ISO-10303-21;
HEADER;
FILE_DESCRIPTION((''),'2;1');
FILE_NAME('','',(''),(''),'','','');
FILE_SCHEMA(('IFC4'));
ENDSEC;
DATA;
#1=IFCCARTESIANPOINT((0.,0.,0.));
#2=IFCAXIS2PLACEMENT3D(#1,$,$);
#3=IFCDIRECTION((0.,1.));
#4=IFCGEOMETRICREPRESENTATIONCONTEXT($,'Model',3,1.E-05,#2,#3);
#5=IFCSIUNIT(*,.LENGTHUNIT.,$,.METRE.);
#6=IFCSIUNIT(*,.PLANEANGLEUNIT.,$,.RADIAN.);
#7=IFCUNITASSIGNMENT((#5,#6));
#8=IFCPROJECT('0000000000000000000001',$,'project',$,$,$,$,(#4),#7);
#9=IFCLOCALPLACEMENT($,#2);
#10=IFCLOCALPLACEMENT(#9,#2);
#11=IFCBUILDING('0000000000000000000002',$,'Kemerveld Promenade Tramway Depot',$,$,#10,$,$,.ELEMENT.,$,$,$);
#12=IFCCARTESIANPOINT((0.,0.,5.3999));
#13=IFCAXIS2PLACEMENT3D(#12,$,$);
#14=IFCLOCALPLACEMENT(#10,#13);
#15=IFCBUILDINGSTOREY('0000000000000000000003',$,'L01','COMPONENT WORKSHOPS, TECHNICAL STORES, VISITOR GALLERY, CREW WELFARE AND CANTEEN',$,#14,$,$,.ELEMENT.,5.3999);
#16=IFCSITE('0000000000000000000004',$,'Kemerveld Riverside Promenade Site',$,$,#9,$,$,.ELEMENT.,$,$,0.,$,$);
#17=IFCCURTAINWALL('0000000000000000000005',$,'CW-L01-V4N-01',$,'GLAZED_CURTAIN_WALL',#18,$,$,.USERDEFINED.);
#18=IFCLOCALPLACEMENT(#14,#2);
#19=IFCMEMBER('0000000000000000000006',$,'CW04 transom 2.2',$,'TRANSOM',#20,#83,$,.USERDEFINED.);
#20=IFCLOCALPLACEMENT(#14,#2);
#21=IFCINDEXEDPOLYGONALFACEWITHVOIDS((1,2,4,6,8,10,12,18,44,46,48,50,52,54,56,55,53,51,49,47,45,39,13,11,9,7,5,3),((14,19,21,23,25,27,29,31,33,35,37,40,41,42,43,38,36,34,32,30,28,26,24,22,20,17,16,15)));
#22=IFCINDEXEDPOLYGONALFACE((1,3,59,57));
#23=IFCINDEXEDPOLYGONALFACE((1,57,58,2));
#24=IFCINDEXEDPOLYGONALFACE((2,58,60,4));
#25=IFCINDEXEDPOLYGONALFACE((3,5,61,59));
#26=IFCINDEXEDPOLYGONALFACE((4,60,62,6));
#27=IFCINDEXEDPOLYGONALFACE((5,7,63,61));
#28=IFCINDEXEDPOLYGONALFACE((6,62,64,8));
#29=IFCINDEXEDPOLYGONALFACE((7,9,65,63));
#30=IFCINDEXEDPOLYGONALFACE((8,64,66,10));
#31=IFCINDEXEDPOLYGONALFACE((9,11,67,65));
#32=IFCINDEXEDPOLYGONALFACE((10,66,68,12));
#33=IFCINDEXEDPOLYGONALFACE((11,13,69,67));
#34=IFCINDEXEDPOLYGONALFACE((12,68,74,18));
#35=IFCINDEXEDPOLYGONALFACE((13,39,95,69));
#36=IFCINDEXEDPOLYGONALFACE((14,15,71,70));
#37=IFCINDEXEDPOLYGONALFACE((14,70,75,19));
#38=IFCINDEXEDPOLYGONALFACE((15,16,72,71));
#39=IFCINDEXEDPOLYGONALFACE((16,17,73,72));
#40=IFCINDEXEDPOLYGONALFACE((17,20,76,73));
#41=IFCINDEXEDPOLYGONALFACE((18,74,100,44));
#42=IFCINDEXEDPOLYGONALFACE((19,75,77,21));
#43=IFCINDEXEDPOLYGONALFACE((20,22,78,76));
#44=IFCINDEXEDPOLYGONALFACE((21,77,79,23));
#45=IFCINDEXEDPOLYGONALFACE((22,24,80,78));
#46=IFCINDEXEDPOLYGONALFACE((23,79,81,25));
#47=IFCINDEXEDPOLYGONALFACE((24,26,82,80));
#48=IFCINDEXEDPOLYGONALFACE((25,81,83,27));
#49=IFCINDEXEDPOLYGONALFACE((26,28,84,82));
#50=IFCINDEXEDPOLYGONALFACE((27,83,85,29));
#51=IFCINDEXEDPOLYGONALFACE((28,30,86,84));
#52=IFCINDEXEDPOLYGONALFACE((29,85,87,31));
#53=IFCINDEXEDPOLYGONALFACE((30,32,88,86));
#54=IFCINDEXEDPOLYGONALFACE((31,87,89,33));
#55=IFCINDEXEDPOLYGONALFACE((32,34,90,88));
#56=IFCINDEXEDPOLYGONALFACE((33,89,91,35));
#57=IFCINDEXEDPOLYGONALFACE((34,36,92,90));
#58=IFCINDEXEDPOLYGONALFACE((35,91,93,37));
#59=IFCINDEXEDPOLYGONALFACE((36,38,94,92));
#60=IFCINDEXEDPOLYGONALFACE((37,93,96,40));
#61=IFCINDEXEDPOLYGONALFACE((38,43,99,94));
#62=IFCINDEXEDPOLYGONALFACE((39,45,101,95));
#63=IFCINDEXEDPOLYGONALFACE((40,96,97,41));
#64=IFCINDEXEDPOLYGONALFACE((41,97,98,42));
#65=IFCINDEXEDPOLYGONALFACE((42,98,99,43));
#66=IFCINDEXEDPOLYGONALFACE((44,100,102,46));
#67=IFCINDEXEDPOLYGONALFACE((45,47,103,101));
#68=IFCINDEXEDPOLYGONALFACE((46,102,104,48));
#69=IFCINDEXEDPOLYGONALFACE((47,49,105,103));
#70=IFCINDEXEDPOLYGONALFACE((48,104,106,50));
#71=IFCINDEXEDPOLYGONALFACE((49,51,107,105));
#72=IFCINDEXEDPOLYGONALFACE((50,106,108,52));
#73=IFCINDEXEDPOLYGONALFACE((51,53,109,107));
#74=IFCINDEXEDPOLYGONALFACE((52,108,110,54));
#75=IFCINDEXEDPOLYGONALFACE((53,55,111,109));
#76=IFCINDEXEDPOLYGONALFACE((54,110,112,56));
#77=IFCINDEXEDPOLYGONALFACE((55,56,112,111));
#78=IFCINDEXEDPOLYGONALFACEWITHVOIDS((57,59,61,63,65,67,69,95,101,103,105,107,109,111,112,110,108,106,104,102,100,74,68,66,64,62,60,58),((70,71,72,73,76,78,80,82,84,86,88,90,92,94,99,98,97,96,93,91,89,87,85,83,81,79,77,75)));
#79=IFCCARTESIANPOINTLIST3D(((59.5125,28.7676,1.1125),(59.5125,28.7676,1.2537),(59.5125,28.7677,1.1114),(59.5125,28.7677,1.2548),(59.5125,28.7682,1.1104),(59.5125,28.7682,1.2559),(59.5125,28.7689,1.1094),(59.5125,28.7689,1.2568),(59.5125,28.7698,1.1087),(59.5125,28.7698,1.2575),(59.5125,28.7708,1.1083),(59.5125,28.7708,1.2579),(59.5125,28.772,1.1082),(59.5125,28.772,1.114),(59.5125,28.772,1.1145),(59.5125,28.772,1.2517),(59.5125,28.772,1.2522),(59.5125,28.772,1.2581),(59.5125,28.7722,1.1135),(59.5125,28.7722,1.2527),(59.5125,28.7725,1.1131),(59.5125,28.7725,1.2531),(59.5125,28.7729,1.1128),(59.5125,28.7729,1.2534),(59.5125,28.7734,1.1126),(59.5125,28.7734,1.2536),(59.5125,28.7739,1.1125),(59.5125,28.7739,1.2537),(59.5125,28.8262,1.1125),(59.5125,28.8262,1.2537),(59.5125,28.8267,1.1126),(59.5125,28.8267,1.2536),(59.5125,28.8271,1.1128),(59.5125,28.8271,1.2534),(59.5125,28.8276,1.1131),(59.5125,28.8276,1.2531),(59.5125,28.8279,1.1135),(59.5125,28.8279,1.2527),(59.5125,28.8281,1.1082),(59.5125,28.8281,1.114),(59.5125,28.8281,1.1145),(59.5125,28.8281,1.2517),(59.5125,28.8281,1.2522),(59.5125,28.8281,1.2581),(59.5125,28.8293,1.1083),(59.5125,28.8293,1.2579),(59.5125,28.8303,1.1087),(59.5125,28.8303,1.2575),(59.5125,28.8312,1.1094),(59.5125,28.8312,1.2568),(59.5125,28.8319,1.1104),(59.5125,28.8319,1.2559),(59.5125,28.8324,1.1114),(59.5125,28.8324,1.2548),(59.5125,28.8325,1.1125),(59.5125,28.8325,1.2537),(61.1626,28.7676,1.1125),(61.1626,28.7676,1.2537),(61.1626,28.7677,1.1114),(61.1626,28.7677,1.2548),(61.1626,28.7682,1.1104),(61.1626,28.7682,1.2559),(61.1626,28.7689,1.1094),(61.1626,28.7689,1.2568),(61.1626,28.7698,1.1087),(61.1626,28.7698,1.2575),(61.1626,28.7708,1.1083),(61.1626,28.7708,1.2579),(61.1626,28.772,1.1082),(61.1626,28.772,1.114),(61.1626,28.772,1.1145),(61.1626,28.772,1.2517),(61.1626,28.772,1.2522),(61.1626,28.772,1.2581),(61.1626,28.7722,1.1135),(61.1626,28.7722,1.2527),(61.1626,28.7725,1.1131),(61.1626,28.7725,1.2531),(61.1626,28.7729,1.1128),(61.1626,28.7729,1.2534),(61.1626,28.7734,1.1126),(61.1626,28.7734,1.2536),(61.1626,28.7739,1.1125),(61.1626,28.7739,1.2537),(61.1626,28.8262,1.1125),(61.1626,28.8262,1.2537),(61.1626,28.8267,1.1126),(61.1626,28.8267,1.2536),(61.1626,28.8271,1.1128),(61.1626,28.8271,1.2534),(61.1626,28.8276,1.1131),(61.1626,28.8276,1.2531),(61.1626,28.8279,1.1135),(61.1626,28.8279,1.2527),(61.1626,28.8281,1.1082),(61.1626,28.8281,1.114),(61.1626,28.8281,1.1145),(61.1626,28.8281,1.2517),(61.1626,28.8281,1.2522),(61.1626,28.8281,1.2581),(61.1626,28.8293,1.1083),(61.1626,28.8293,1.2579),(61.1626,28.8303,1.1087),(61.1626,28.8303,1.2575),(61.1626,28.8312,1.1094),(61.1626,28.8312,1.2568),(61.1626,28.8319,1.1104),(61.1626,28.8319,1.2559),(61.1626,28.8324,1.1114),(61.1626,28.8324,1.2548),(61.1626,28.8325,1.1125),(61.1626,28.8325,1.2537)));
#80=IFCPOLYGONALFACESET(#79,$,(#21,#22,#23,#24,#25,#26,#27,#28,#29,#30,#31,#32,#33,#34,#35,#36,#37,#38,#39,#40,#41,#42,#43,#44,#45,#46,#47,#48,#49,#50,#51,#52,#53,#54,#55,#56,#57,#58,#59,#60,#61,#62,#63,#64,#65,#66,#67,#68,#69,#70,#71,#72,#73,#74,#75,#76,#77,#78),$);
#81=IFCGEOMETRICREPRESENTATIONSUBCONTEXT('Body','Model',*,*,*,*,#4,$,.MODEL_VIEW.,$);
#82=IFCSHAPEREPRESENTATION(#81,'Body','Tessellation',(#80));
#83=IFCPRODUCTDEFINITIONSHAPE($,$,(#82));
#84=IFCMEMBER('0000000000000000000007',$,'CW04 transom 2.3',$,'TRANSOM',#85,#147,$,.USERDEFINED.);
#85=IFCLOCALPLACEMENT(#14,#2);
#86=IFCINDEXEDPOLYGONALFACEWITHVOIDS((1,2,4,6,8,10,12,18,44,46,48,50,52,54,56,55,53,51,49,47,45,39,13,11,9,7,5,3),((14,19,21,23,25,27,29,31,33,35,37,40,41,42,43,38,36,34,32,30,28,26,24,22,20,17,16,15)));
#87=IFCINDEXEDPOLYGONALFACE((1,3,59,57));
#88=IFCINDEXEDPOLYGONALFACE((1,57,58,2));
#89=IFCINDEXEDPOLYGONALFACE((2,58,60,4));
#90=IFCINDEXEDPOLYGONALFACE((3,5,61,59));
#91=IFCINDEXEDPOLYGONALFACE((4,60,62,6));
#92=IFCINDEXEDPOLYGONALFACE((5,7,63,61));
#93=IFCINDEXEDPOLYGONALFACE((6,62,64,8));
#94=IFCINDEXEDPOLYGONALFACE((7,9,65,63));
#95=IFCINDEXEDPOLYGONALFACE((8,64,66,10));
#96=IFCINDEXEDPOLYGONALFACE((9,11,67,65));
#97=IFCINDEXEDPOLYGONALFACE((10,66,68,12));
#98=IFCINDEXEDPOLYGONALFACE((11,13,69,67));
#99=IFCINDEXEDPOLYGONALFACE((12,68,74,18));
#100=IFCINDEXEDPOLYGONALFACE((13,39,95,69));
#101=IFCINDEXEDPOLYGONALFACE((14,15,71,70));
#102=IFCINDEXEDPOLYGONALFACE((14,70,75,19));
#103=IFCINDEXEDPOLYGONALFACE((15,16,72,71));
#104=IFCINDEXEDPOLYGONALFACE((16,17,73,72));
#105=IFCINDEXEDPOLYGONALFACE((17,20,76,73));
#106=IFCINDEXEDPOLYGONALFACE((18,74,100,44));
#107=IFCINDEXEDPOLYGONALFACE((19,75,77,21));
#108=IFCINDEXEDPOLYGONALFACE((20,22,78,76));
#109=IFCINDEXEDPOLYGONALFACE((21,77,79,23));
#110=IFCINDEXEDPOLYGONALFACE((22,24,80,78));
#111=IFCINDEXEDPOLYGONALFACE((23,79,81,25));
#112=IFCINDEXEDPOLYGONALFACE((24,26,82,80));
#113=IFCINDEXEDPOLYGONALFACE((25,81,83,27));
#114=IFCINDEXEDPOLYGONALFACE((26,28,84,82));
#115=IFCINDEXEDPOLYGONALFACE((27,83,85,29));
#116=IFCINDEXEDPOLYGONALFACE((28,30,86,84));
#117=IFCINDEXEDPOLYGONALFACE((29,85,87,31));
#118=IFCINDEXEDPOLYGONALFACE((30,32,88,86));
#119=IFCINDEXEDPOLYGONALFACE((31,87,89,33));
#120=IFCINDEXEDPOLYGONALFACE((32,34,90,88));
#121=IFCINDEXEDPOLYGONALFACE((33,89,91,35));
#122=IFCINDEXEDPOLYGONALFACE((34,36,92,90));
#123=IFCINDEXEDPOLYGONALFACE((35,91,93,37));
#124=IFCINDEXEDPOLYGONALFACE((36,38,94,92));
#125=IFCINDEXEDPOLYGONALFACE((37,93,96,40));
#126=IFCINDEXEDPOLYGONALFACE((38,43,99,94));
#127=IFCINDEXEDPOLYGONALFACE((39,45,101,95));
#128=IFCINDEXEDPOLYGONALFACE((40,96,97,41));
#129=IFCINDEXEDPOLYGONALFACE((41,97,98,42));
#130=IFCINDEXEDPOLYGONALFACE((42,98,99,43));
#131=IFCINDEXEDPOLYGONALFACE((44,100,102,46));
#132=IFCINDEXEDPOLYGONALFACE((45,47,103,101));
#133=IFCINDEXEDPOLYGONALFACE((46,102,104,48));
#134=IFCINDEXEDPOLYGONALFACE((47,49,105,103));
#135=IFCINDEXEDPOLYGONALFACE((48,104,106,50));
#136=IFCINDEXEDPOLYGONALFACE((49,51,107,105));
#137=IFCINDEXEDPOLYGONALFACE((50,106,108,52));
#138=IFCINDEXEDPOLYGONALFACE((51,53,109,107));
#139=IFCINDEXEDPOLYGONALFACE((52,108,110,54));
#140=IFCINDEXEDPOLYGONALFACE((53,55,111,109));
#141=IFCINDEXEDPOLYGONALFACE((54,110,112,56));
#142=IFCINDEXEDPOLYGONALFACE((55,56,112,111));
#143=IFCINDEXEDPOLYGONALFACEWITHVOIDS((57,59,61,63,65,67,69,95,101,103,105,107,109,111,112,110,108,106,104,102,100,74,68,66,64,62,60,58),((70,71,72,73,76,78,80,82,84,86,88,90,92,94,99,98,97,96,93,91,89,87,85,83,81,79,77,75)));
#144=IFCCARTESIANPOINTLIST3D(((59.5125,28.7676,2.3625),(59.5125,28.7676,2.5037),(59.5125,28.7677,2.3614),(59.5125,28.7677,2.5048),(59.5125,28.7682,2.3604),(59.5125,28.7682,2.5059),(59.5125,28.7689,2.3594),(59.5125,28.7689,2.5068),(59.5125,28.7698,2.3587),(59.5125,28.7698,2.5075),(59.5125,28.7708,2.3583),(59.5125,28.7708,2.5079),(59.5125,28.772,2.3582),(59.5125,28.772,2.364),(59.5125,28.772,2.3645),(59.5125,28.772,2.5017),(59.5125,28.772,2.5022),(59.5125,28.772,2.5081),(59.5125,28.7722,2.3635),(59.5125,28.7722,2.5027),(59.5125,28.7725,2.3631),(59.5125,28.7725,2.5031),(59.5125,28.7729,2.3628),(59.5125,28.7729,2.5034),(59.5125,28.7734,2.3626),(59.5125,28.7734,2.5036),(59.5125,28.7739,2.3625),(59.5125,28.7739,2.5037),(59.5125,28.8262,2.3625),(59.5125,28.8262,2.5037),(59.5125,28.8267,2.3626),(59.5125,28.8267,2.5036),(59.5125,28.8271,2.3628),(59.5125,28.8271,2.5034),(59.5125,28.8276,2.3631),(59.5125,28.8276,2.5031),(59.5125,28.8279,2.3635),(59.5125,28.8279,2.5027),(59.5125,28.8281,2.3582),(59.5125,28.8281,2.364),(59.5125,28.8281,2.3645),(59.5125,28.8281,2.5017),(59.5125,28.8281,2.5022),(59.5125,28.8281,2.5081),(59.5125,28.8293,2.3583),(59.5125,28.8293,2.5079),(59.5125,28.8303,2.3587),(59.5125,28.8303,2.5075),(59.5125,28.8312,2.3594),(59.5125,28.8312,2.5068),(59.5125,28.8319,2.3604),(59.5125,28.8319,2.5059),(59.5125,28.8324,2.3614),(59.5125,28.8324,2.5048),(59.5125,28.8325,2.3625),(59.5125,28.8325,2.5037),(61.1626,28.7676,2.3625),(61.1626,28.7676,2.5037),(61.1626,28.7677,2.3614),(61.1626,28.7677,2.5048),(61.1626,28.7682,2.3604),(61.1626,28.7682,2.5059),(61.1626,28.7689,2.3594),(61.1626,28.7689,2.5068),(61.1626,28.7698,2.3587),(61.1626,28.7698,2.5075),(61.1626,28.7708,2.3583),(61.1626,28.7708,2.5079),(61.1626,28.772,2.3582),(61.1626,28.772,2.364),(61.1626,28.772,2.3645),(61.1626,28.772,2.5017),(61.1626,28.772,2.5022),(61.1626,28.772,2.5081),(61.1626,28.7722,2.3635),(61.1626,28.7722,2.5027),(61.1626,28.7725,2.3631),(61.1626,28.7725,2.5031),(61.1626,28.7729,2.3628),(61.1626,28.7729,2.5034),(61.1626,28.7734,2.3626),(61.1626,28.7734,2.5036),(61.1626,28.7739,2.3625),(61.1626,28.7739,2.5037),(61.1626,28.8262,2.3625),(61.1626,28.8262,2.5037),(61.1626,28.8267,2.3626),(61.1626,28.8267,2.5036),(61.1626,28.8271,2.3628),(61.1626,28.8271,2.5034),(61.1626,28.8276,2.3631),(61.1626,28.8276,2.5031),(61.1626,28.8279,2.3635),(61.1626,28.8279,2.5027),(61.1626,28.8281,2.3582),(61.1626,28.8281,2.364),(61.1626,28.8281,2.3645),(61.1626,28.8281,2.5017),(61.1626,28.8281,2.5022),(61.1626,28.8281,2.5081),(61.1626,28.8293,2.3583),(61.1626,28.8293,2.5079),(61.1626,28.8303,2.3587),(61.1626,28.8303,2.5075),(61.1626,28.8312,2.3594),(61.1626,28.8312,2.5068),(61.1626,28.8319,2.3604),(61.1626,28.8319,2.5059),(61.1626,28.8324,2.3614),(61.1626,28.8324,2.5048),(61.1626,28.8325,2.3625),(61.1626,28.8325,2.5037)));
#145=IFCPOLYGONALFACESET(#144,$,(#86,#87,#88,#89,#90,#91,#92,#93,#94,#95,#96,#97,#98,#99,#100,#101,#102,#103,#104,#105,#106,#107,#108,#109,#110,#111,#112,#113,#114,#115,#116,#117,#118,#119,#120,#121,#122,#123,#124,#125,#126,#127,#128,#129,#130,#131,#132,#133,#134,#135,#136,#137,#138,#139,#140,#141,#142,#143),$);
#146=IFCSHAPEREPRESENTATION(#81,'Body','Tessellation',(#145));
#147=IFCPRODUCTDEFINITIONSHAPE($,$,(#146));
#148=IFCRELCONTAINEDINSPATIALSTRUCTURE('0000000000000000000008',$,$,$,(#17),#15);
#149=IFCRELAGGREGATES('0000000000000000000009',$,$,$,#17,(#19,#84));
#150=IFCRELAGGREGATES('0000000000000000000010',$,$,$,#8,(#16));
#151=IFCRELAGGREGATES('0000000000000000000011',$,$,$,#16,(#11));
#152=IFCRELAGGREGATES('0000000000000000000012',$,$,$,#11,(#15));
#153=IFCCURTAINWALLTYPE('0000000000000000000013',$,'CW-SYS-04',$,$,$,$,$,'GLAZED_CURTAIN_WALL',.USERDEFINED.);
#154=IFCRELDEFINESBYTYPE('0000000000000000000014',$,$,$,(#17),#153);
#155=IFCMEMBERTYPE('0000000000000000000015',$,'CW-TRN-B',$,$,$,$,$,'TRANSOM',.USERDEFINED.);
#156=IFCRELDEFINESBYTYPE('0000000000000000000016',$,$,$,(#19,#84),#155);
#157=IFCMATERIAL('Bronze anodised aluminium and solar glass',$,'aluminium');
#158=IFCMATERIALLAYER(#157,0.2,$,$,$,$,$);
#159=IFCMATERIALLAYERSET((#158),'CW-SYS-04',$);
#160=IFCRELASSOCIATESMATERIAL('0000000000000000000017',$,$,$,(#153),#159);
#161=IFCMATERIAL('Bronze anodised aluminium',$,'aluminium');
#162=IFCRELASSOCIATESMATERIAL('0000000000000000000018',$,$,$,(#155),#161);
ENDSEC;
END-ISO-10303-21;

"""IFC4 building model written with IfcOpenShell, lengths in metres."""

from ifc_helpers import new_model, si_unit, direction, frame, origin, origin_2d, place, context, subcontext, project, spatial, hollow_rectangle, extrude, material, layer, layer_set, material_profile, profile_set, type_object, element, aggregate, save


model = new_model("IFC4")

# Units and contexts
model_context = context("Model", 3, precision=1e-05, world=origin(), true_north=direction((0.0, 1.0)))
body_context = subcontext(model_context, "Body", "Model", "MODEL_VIEW")
ifc_project = project(units=[si_unit("LENGTHUNIT", "METRE"), si_unit("PLANEANGLEUNIT", "RADIAN")], contexts=[model_context])

# Site, building, storey
site_placement = place(None, origin())
site = spatial("IfcSite", under=ifc_project, at=site_placement, Name="Kemerveld Riverside Promenade Site", CompositionType="ELEMENT", RefElevation=0.0)
building_placement = place(site_placement, origin())
building = spatial("IfcBuilding", under=site, at=building_placement, Name="Kemerveld Promenade Tramway Depot", CompositionType="ELEMENT")
storey_placement = place(building_placement, frame((0.0, 0.0, 5.3999)))
storey = spatial("IfcBuildingStorey", under=building, at=storey_placement, Name="L01", Description="COMPONENT WORKSHOPS, TECHNICAL STORES, VISITOR GALLERY, CREW WELFARE AND CANTEEN", CompositionType="ELEMENT", Elevation=5.3999)

# Shared definitions
ifc_material_1 = material(Name="Bronze anodised aluminium and solar glass", Category="aluminium")
ifc_material_2 = material(Name="Bronze anodised aluminium", Category="aluminium")

# Curtain wall, members
ifc_layer_1 = layer(ifc_material_1, 0.2)
ifc_layer_set_1 = layer_set([ifc_layer_1], Name="CW-SYS-04")
curtain_wall_type_1 = type_object("IfcCurtainWallType", Name="CW-SYS-04", ElementType="GLAZED_CURTAIN_WALL", PredefinedType="USERDEFINED", material=ifc_layer_set_1)
curtain_wall_1_placement = place(storey_placement, origin())
curtain_wall_1 = element("IfcCurtainWall", 1, at=curtain_wall_1_placement, inside=storey, type_object=curtain_wall_type_1, Name="CW-L01-V4N-01", ObjectType="GLAZED_CURTAIN_WALL", PredefinedType="USERDEFINED")
ifc_material_profile_1 = material_profile(ifc_material_2, hollow_rectangle(XDim=0.0649, YDim=0.1499, WallThickness=0.0044, InnerFilletRadius=0.002, OuterFilletRadius=0.0044, at=origin_2d()), Name="CW-TRN-150x65")
ifc_profile_set_1 = profile_set([ifc_material_profile_1], Name="Bronze anodised aluminium")
member_type_1 = type_object("IfcMemberType", Name="CW-TRN-B", ElementType="TRANSOM", PredefinedType="USERDEFINED", material=ifc_profile_set_1)
member_1_placement = place(storey_placement, frame((59.5125, 28.8, 1.1831), z_axis=(1.0, 0.0, 0.0), x_axis=(0.0, 1.0, 0.0)))
member_1 = element("IfcMember", 2, at=member_1_placement, type_object=member_type_1, Name="CW04 transom 2.2", ObjectType="TRANSOM", PredefinedType="USERDEFINED", context=body_context, shape_type="SweptSolid", body=[
    extrude(hollow_rectangle(XDim=0.0649, YDim=0.1499, WallThickness=0.0044, InnerFilletRadius=0.002, OuterFilletRadius=0.0044, at=origin_2d()), origin(), (0.0, 0.0, 1.0), 1.6501),
])
member_2_placement = place(storey_placement, frame((59.5125, 28.8, 2.4331), z_axis=(1.0, 0.0, 0.0), x_axis=(0.0, 1.0, 0.0)))
member_2 = element("IfcMember", 3, at=member_2_placement, type_object=member_type_1, Name="CW04 transom 2.3", ObjectType="TRANSOM", PredefinedType="USERDEFINED", context=body_context, shape_type="SweptSolid", body=[
    extrude(hollow_rectangle(XDim=0.0649, YDim=0.1499, WallThickness=0.0044, InnerFilletRadius=0.002, OuterFilletRadius=0.0044, at=origin_2d()), origin(), (0.0, 0.0, 1.0), 1.6501),
])
aggregate(curtain_wall_1, [member_1, member_2])

save(model, "model.ifc")
